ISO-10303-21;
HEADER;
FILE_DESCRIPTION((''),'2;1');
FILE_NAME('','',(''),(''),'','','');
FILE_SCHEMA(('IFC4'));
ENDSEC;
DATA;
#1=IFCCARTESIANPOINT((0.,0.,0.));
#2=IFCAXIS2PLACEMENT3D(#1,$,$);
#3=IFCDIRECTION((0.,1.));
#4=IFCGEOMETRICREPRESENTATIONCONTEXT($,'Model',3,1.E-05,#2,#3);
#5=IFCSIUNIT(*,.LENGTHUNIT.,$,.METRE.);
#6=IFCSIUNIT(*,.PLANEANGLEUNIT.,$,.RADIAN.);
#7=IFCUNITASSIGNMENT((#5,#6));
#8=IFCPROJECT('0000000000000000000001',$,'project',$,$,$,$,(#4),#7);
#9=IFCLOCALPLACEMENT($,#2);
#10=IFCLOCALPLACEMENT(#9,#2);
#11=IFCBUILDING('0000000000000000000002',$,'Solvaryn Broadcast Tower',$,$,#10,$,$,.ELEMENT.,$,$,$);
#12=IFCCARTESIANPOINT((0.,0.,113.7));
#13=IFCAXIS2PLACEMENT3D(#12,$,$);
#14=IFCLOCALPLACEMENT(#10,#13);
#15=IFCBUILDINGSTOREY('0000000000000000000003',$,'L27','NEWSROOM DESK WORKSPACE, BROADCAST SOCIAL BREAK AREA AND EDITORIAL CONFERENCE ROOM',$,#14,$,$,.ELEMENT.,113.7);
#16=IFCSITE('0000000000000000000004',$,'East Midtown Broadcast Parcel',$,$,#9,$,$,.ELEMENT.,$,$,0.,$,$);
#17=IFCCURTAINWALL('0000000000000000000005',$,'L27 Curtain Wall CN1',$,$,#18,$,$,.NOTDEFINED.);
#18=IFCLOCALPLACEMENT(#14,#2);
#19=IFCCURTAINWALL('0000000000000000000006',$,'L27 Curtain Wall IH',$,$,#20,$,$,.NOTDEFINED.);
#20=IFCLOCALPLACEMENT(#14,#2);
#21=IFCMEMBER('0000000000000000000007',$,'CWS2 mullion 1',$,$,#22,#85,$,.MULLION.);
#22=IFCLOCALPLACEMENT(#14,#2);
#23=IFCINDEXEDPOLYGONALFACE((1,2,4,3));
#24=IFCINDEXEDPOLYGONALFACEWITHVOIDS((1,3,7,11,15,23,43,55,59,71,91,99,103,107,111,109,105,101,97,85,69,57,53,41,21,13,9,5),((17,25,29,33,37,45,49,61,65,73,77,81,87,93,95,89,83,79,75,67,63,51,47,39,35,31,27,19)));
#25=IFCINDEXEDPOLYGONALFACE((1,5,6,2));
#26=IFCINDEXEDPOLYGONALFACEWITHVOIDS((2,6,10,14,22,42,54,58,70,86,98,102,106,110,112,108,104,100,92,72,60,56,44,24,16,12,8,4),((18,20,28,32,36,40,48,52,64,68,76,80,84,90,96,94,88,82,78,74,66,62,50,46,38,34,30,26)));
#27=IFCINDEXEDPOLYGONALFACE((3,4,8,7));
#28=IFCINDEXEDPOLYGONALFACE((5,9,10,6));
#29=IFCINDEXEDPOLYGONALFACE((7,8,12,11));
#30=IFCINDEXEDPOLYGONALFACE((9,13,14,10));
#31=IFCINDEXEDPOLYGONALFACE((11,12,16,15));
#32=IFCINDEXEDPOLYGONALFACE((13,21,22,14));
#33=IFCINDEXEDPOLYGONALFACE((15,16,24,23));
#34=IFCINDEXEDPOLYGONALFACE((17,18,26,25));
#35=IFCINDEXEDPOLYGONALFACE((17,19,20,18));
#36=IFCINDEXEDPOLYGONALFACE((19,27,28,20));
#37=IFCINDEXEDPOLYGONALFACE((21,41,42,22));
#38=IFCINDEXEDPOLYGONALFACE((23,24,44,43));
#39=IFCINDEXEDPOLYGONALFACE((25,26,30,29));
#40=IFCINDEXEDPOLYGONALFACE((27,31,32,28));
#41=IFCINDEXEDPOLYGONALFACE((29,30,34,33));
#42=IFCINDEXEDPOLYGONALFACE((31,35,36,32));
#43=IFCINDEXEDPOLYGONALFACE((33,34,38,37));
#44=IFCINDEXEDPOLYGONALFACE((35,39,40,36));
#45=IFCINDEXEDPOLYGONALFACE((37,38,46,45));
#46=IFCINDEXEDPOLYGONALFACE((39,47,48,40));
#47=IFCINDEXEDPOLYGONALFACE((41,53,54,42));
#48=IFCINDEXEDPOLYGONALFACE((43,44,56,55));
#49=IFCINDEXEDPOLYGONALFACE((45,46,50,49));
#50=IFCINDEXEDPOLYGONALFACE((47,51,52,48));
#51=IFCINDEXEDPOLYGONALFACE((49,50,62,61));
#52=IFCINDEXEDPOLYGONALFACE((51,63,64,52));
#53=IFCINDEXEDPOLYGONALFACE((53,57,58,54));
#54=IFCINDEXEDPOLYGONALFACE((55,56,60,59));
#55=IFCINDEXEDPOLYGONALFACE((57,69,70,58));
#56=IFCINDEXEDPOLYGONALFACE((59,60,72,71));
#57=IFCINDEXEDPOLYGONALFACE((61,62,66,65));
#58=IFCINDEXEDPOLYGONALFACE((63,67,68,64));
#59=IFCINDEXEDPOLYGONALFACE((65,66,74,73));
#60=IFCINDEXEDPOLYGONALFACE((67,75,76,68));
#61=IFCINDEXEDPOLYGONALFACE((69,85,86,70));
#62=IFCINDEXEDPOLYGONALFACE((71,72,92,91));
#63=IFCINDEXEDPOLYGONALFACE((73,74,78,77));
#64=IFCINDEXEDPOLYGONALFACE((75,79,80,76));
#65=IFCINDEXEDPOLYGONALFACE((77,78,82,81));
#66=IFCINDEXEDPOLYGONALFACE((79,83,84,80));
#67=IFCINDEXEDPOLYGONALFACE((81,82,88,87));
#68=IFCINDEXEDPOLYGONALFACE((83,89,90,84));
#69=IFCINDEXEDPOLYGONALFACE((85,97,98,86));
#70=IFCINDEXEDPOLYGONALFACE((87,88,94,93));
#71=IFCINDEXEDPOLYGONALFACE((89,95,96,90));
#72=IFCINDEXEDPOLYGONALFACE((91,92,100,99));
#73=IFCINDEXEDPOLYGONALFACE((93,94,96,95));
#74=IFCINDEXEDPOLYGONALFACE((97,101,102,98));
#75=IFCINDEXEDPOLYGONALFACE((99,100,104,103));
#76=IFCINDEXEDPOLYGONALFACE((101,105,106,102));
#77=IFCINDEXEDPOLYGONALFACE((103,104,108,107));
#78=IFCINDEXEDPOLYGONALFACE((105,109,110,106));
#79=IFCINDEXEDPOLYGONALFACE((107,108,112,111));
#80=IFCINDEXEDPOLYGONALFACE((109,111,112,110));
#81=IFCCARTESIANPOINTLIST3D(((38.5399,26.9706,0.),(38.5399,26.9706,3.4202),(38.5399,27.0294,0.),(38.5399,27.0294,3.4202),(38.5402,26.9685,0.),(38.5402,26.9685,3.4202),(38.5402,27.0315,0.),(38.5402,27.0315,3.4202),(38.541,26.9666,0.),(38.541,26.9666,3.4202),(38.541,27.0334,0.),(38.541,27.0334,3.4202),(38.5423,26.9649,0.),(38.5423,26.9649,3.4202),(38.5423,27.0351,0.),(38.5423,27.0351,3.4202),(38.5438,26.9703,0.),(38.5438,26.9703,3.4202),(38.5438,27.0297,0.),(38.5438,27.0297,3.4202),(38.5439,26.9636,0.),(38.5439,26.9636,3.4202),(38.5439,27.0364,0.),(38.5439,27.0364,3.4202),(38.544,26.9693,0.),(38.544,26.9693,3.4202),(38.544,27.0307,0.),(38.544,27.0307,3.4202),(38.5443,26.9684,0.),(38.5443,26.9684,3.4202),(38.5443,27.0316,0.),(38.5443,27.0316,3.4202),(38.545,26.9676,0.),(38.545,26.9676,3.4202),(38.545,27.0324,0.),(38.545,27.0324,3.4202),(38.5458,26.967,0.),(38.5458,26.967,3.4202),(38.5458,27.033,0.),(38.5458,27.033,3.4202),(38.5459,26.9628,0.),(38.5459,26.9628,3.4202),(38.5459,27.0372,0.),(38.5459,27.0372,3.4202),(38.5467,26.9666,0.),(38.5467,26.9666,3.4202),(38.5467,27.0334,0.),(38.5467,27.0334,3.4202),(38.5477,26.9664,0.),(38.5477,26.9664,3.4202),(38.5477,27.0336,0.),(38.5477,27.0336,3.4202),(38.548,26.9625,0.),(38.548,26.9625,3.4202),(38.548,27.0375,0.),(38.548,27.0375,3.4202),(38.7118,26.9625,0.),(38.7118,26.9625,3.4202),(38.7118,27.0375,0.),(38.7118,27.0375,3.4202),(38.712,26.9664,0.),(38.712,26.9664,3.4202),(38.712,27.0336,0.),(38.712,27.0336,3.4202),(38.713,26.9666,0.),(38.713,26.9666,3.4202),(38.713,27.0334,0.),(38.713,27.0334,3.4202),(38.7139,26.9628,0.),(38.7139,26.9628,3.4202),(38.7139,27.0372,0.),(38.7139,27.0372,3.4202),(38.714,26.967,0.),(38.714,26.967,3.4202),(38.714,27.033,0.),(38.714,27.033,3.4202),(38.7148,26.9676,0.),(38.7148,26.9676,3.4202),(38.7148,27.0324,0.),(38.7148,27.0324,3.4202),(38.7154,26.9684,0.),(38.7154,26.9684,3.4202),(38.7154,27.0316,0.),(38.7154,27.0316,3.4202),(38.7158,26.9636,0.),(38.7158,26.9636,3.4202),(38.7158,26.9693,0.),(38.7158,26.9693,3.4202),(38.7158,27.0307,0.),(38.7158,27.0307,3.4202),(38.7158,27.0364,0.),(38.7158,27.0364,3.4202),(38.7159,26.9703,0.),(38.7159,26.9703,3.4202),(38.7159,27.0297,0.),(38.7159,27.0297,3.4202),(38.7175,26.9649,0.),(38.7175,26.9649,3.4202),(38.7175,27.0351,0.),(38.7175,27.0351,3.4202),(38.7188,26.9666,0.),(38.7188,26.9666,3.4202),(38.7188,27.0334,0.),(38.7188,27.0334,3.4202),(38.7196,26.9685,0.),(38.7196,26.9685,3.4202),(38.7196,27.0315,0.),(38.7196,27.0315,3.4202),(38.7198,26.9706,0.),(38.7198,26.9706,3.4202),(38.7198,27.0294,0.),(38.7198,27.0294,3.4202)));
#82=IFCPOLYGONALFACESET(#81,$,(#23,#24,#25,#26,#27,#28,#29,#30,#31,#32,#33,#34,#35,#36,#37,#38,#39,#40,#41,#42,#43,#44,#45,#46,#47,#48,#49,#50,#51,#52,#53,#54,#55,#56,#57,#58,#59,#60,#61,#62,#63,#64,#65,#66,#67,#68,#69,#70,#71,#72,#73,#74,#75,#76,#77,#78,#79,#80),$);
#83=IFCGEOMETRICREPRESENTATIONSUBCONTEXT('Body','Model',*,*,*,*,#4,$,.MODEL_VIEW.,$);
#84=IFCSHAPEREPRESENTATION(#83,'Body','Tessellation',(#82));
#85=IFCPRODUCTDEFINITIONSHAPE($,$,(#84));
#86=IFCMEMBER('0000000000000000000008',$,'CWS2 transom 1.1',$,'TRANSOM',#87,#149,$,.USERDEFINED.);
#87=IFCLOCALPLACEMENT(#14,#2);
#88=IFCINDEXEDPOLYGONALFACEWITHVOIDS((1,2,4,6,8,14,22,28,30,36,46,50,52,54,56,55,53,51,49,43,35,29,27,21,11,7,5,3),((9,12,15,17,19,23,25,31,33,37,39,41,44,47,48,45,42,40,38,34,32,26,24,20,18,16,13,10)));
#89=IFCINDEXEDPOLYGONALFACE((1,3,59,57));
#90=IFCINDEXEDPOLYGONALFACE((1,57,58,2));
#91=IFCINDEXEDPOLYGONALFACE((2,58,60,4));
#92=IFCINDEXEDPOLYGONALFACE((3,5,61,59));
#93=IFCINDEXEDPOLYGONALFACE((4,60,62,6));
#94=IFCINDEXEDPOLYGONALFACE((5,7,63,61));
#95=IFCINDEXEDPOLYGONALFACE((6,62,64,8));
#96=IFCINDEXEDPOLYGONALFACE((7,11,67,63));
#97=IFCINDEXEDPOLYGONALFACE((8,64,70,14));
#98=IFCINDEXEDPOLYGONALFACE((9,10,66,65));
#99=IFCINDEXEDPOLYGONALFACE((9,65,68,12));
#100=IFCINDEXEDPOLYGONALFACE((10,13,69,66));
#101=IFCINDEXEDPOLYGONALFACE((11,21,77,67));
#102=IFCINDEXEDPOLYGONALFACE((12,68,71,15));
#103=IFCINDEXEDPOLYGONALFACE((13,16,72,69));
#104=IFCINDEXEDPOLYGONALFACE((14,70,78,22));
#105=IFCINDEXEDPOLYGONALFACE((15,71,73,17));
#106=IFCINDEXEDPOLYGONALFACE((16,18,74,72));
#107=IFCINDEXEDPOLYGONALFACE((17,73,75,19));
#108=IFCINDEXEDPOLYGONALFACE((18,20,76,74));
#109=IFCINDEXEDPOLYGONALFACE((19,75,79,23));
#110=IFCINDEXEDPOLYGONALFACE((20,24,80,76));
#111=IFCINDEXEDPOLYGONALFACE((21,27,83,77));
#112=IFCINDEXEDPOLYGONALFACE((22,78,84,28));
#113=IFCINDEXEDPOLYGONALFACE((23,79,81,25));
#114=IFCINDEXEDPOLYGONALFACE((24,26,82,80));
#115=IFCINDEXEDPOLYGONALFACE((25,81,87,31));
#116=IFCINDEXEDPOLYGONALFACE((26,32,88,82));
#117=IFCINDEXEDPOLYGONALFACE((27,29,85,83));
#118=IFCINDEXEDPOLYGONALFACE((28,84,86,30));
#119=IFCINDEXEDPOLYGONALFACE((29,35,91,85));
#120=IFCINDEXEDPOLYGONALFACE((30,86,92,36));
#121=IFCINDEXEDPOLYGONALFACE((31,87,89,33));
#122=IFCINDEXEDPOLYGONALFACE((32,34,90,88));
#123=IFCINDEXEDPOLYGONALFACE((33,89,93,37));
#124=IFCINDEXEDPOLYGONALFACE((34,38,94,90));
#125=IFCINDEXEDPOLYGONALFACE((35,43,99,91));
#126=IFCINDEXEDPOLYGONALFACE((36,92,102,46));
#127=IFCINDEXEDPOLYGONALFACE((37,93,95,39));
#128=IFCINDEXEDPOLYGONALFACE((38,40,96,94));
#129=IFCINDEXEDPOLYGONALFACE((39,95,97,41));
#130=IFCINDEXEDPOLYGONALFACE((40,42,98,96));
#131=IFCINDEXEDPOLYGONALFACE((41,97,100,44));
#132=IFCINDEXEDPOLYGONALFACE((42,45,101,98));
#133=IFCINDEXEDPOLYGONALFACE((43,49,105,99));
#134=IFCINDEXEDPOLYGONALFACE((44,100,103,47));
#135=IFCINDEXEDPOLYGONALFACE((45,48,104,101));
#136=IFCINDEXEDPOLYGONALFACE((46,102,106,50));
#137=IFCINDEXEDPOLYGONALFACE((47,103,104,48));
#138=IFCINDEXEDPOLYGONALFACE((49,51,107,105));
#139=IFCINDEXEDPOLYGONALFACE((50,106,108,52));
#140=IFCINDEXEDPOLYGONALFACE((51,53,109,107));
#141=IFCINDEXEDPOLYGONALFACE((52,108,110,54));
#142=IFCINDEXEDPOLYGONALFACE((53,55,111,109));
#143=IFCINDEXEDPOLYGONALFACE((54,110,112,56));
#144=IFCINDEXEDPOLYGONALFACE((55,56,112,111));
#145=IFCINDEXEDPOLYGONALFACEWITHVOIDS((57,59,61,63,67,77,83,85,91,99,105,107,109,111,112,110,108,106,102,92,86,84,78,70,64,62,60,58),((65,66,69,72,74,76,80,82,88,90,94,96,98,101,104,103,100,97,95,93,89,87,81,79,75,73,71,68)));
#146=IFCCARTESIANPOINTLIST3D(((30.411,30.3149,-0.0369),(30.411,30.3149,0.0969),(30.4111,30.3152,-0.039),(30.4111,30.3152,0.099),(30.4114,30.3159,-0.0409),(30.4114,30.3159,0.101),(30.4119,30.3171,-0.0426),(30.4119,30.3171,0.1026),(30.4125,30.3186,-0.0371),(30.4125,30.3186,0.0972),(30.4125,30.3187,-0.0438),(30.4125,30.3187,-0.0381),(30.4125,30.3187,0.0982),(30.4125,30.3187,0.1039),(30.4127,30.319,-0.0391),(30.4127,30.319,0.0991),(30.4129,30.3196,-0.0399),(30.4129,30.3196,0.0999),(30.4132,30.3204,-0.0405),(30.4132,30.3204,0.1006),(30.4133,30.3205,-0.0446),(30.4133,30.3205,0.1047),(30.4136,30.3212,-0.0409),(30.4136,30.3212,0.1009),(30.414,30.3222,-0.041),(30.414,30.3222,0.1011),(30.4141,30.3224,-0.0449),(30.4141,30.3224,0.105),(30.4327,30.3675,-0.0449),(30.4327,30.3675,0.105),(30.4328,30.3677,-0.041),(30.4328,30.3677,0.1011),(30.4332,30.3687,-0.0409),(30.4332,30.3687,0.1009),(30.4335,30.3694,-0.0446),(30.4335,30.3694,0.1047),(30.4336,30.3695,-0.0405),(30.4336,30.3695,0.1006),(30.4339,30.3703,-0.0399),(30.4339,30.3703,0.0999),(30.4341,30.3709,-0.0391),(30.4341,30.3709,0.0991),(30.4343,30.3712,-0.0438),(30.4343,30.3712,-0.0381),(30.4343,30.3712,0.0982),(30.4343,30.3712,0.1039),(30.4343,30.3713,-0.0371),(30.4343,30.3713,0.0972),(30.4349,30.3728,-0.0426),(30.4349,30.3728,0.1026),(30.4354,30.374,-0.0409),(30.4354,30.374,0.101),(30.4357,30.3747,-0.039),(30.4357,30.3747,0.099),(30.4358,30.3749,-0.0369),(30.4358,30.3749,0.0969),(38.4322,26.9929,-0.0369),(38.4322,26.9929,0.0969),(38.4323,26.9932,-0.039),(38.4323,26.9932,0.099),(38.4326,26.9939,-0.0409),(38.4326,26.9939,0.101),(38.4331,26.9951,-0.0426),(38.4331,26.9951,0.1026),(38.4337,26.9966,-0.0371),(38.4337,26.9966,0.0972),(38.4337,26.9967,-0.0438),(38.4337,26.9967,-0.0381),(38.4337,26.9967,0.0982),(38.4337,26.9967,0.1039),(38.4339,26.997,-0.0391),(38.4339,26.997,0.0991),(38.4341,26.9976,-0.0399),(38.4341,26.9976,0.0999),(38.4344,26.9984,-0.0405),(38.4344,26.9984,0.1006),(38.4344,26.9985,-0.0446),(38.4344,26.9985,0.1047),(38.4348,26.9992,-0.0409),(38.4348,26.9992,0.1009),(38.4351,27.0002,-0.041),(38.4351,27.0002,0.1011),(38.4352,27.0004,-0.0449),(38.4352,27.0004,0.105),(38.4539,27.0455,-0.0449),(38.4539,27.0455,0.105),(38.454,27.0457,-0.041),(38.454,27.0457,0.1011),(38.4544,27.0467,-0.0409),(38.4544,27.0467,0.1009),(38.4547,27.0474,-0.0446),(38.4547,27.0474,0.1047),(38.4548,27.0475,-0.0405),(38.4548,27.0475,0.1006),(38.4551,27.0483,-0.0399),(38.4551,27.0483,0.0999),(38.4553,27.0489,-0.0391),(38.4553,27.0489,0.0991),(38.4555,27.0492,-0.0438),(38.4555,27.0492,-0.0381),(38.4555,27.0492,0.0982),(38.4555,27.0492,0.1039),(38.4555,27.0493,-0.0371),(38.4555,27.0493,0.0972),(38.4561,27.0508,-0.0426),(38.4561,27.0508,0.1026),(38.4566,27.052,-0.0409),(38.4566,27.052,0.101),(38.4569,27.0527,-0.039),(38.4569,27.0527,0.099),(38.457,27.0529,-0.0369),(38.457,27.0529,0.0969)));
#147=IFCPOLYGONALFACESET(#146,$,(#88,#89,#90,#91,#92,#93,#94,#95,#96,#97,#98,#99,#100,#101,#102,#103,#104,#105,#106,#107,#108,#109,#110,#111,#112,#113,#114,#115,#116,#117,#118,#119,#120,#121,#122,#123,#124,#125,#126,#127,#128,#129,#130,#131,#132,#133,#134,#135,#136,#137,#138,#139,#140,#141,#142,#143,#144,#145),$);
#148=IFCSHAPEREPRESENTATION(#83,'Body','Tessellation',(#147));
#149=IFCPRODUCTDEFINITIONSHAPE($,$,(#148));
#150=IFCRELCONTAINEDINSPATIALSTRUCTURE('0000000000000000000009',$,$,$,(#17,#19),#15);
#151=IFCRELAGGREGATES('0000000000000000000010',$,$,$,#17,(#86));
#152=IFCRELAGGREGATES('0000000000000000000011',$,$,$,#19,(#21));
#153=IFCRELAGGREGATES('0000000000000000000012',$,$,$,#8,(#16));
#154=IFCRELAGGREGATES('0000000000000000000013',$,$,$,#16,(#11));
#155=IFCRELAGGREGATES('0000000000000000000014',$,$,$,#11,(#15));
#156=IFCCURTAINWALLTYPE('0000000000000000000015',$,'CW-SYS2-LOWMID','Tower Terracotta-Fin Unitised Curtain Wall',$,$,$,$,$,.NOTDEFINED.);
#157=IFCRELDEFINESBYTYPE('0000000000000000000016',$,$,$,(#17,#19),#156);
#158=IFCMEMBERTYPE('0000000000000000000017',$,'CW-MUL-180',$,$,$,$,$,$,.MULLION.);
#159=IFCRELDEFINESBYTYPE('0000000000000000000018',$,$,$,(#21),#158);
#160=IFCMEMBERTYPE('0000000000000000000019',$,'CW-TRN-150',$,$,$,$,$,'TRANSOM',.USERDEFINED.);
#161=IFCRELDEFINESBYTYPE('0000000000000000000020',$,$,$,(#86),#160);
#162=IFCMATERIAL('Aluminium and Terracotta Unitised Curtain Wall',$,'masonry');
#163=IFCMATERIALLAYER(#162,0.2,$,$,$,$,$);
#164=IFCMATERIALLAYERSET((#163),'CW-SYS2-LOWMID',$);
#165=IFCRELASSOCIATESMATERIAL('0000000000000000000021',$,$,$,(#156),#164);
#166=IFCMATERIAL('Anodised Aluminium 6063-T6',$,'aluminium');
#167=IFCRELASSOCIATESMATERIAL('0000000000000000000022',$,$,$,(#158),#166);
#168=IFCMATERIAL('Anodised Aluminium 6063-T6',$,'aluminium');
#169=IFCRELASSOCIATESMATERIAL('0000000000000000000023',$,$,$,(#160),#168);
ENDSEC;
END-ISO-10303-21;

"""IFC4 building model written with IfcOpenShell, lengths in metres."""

from ifc_helpers import new_model, si_unit, direction, frame, origin, origin_2d, place, context, subcontext, project, spatial, hollow_rectangle, extrude, material, layer, layer_set, material_profile, profile_set, type_object, element, aggregate, save


model = new_model("IFC4")

# Units and contexts
model_context = context("Model", 3, precision=1e-05, world=origin(), true_north=direction((0.0, 1.0)))
body_context = subcontext(model_context, "Body", "Model", "MODEL_VIEW")
ifc_project = project(units=[si_unit("LENGTHUNIT", "METRE"), si_unit("PLANEANGLEUNIT", "RADIAN")], contexts=[model_context])

# Site, building, storey
site_placement = place(None, origin())
site = spatial("IfcSite", under=ifc_project, at=site_placement, Name="East Midtown Broadcast Parcel", CompositionType="ELEMENT", RefElevation=0.0)
building_placement = place(site_placement, origin())
building = spatial("IfcBuilding", under=site, at=building_placement, Name="Solvaryn Broadcast Tower", CompositionType="ELEMENT")
storey_placement = place(building_placement, frame((0.0, 0.0, 113.7)))
storey = spatial("IfcBuildingStorey", under=building, at=storey_placement, Name="L27", Description="NEWSROOM DESK WORKSPACE, BROADCAST SOCIAL BREAK AREA AND EDITORIAL CONFERENCE ROOM", CompositionType="ELEMENT", Elevation=113.7)

# Curtain walls, member
ifc_material_1 = material(Name="Aluminium and Terracotta Unitised Curtain Wall", Category="masonry")
ifc_layer_1 = layer(ifc_material_1, 0.2)
ifc_layer_set_1 = layer_set([ifc_layer_1], Name="CW-SYS2-LOWMID")
curtain_wall_type = type_object("IfcCurtainWallType", Name="CW-SYS2-LOWMID", Description="Tower Terracotta-Fin Unitised Curtain Wall", PredefinedType="NOTDEFINED", material=ifc_layer_set_1)
curtain_wall_1_placement = place(storey_placement, origin())
curtain_wall_1 = element("IfcCurtainWall", 1, at=curtain_wall_1_placement, inside=storey, type_object=curtain_wall_type, Name="L27 Curtain Wall CN1", PredefinedType="NOTDEFINED")
ifc_material_2 = material(Name="Anodised Aluminium 6063-T6", Category="aluminium")
ifc_material_profile_1 = material_profile(ifc_material_2, hollow_rectangle(XDim=0.075, YDim=0.1799, WallThickness=0.0039, InnerFilletRadius=0.0039, OuterFilletRadius=0.0081, at=origin_2d()))
ifc_profile_set_1 = profile_set([ifc_material_profile_1], Name="Anodised Aluminium 6063-T6")
member_type_1 = type_object("IfcMemberType", Name="CW-MUL-180", PredefinedType="MULLION", material=ifc_profile_set_1)
curtain_wall_2_placement = place(storey_placement, origin())
curtain_wall_2 = element("IfcCurtainWall", 2, at=curtain_wall_2_placement, inside=storey, type_object=curtain_wall_type, Name="L27 Curtain Wall IH", PredefinedType="NOTDEFINED")
member_1_placement = place(storey_placement, frame((38.6299, 27.0, 0.0), z_axis=(0.0, 0.0, 1.0), x_axis=(0.0, 1.0, 0.0)))
member_1 = element("IfcMember", 3, at=member_1_placement, type_object=member_type_1, Name="CWS2 mullion 1", PredefinedType="MULLION", context=body_context, shape_type="SweptSolid", body=[
    extrude(hollow_rectangle(XDim=0.075, YDim=0.1799, WallThickness=0.0039, InnerFilletRadius=0.0039, OuterFilletRadius=0.0081, at=origin_2d()), origin(), (0.0, 0.0, 1.0), 3.4202),
])

# Member
ifc_material_3 = material(Name="Anodised Aluminium 6063-T6", Category="aluminium")
ifc_material_profile_2 = material_profile(ifc_material_3, hollow_rectangle(XDim=0.0649, YDim=0.1499, WallThickness=0.0039, InnerFilletRadius=0.0039, OuterFilletRadius=0.0081, at=origin_2d()))
ifc_profile_set_2 = profile_set([ifc_material_profile_2], Name="Anodised Aluminium 6063-T6")
member_type_2 = type_object("IfcMemberType", Name="CW-TRN-150", ElementType="TRANSOM", PredefinedType="USERDEFINED", material=ifc_profile_set_2)
member_2_placement = place(storey_placement, frame((38.4446, 27.0229, 0.03), z_axis=(-0.923899, 0.382636, 0.0), x_axis=(-0.382636, -0.923899, 0.0)))
member_2 = element("IfcMember", 4, at=member_2_placement, type_object=member_type_2, Name="CWS2 transom 1.1", ObjectType="TRANSOM", PredefinedType="USERDEFINED", context=body_context, shape_type="SweptSolid", body=[
    extrude(hollow_rectangle(XDim=0.0649, YDim=0.1499, WallThickness=0.0039, InnerFilletRadius=0.0039, OuterFilletRadius=0.0081, at=origin_2d()), origin(), (0.0, 0.0, 1.0), 8.6819),
])
aggregate(curtain_wall_1, [member_2])
aggregate(curtain_wall_2, [member_1])

save(model, "model.ifc")
